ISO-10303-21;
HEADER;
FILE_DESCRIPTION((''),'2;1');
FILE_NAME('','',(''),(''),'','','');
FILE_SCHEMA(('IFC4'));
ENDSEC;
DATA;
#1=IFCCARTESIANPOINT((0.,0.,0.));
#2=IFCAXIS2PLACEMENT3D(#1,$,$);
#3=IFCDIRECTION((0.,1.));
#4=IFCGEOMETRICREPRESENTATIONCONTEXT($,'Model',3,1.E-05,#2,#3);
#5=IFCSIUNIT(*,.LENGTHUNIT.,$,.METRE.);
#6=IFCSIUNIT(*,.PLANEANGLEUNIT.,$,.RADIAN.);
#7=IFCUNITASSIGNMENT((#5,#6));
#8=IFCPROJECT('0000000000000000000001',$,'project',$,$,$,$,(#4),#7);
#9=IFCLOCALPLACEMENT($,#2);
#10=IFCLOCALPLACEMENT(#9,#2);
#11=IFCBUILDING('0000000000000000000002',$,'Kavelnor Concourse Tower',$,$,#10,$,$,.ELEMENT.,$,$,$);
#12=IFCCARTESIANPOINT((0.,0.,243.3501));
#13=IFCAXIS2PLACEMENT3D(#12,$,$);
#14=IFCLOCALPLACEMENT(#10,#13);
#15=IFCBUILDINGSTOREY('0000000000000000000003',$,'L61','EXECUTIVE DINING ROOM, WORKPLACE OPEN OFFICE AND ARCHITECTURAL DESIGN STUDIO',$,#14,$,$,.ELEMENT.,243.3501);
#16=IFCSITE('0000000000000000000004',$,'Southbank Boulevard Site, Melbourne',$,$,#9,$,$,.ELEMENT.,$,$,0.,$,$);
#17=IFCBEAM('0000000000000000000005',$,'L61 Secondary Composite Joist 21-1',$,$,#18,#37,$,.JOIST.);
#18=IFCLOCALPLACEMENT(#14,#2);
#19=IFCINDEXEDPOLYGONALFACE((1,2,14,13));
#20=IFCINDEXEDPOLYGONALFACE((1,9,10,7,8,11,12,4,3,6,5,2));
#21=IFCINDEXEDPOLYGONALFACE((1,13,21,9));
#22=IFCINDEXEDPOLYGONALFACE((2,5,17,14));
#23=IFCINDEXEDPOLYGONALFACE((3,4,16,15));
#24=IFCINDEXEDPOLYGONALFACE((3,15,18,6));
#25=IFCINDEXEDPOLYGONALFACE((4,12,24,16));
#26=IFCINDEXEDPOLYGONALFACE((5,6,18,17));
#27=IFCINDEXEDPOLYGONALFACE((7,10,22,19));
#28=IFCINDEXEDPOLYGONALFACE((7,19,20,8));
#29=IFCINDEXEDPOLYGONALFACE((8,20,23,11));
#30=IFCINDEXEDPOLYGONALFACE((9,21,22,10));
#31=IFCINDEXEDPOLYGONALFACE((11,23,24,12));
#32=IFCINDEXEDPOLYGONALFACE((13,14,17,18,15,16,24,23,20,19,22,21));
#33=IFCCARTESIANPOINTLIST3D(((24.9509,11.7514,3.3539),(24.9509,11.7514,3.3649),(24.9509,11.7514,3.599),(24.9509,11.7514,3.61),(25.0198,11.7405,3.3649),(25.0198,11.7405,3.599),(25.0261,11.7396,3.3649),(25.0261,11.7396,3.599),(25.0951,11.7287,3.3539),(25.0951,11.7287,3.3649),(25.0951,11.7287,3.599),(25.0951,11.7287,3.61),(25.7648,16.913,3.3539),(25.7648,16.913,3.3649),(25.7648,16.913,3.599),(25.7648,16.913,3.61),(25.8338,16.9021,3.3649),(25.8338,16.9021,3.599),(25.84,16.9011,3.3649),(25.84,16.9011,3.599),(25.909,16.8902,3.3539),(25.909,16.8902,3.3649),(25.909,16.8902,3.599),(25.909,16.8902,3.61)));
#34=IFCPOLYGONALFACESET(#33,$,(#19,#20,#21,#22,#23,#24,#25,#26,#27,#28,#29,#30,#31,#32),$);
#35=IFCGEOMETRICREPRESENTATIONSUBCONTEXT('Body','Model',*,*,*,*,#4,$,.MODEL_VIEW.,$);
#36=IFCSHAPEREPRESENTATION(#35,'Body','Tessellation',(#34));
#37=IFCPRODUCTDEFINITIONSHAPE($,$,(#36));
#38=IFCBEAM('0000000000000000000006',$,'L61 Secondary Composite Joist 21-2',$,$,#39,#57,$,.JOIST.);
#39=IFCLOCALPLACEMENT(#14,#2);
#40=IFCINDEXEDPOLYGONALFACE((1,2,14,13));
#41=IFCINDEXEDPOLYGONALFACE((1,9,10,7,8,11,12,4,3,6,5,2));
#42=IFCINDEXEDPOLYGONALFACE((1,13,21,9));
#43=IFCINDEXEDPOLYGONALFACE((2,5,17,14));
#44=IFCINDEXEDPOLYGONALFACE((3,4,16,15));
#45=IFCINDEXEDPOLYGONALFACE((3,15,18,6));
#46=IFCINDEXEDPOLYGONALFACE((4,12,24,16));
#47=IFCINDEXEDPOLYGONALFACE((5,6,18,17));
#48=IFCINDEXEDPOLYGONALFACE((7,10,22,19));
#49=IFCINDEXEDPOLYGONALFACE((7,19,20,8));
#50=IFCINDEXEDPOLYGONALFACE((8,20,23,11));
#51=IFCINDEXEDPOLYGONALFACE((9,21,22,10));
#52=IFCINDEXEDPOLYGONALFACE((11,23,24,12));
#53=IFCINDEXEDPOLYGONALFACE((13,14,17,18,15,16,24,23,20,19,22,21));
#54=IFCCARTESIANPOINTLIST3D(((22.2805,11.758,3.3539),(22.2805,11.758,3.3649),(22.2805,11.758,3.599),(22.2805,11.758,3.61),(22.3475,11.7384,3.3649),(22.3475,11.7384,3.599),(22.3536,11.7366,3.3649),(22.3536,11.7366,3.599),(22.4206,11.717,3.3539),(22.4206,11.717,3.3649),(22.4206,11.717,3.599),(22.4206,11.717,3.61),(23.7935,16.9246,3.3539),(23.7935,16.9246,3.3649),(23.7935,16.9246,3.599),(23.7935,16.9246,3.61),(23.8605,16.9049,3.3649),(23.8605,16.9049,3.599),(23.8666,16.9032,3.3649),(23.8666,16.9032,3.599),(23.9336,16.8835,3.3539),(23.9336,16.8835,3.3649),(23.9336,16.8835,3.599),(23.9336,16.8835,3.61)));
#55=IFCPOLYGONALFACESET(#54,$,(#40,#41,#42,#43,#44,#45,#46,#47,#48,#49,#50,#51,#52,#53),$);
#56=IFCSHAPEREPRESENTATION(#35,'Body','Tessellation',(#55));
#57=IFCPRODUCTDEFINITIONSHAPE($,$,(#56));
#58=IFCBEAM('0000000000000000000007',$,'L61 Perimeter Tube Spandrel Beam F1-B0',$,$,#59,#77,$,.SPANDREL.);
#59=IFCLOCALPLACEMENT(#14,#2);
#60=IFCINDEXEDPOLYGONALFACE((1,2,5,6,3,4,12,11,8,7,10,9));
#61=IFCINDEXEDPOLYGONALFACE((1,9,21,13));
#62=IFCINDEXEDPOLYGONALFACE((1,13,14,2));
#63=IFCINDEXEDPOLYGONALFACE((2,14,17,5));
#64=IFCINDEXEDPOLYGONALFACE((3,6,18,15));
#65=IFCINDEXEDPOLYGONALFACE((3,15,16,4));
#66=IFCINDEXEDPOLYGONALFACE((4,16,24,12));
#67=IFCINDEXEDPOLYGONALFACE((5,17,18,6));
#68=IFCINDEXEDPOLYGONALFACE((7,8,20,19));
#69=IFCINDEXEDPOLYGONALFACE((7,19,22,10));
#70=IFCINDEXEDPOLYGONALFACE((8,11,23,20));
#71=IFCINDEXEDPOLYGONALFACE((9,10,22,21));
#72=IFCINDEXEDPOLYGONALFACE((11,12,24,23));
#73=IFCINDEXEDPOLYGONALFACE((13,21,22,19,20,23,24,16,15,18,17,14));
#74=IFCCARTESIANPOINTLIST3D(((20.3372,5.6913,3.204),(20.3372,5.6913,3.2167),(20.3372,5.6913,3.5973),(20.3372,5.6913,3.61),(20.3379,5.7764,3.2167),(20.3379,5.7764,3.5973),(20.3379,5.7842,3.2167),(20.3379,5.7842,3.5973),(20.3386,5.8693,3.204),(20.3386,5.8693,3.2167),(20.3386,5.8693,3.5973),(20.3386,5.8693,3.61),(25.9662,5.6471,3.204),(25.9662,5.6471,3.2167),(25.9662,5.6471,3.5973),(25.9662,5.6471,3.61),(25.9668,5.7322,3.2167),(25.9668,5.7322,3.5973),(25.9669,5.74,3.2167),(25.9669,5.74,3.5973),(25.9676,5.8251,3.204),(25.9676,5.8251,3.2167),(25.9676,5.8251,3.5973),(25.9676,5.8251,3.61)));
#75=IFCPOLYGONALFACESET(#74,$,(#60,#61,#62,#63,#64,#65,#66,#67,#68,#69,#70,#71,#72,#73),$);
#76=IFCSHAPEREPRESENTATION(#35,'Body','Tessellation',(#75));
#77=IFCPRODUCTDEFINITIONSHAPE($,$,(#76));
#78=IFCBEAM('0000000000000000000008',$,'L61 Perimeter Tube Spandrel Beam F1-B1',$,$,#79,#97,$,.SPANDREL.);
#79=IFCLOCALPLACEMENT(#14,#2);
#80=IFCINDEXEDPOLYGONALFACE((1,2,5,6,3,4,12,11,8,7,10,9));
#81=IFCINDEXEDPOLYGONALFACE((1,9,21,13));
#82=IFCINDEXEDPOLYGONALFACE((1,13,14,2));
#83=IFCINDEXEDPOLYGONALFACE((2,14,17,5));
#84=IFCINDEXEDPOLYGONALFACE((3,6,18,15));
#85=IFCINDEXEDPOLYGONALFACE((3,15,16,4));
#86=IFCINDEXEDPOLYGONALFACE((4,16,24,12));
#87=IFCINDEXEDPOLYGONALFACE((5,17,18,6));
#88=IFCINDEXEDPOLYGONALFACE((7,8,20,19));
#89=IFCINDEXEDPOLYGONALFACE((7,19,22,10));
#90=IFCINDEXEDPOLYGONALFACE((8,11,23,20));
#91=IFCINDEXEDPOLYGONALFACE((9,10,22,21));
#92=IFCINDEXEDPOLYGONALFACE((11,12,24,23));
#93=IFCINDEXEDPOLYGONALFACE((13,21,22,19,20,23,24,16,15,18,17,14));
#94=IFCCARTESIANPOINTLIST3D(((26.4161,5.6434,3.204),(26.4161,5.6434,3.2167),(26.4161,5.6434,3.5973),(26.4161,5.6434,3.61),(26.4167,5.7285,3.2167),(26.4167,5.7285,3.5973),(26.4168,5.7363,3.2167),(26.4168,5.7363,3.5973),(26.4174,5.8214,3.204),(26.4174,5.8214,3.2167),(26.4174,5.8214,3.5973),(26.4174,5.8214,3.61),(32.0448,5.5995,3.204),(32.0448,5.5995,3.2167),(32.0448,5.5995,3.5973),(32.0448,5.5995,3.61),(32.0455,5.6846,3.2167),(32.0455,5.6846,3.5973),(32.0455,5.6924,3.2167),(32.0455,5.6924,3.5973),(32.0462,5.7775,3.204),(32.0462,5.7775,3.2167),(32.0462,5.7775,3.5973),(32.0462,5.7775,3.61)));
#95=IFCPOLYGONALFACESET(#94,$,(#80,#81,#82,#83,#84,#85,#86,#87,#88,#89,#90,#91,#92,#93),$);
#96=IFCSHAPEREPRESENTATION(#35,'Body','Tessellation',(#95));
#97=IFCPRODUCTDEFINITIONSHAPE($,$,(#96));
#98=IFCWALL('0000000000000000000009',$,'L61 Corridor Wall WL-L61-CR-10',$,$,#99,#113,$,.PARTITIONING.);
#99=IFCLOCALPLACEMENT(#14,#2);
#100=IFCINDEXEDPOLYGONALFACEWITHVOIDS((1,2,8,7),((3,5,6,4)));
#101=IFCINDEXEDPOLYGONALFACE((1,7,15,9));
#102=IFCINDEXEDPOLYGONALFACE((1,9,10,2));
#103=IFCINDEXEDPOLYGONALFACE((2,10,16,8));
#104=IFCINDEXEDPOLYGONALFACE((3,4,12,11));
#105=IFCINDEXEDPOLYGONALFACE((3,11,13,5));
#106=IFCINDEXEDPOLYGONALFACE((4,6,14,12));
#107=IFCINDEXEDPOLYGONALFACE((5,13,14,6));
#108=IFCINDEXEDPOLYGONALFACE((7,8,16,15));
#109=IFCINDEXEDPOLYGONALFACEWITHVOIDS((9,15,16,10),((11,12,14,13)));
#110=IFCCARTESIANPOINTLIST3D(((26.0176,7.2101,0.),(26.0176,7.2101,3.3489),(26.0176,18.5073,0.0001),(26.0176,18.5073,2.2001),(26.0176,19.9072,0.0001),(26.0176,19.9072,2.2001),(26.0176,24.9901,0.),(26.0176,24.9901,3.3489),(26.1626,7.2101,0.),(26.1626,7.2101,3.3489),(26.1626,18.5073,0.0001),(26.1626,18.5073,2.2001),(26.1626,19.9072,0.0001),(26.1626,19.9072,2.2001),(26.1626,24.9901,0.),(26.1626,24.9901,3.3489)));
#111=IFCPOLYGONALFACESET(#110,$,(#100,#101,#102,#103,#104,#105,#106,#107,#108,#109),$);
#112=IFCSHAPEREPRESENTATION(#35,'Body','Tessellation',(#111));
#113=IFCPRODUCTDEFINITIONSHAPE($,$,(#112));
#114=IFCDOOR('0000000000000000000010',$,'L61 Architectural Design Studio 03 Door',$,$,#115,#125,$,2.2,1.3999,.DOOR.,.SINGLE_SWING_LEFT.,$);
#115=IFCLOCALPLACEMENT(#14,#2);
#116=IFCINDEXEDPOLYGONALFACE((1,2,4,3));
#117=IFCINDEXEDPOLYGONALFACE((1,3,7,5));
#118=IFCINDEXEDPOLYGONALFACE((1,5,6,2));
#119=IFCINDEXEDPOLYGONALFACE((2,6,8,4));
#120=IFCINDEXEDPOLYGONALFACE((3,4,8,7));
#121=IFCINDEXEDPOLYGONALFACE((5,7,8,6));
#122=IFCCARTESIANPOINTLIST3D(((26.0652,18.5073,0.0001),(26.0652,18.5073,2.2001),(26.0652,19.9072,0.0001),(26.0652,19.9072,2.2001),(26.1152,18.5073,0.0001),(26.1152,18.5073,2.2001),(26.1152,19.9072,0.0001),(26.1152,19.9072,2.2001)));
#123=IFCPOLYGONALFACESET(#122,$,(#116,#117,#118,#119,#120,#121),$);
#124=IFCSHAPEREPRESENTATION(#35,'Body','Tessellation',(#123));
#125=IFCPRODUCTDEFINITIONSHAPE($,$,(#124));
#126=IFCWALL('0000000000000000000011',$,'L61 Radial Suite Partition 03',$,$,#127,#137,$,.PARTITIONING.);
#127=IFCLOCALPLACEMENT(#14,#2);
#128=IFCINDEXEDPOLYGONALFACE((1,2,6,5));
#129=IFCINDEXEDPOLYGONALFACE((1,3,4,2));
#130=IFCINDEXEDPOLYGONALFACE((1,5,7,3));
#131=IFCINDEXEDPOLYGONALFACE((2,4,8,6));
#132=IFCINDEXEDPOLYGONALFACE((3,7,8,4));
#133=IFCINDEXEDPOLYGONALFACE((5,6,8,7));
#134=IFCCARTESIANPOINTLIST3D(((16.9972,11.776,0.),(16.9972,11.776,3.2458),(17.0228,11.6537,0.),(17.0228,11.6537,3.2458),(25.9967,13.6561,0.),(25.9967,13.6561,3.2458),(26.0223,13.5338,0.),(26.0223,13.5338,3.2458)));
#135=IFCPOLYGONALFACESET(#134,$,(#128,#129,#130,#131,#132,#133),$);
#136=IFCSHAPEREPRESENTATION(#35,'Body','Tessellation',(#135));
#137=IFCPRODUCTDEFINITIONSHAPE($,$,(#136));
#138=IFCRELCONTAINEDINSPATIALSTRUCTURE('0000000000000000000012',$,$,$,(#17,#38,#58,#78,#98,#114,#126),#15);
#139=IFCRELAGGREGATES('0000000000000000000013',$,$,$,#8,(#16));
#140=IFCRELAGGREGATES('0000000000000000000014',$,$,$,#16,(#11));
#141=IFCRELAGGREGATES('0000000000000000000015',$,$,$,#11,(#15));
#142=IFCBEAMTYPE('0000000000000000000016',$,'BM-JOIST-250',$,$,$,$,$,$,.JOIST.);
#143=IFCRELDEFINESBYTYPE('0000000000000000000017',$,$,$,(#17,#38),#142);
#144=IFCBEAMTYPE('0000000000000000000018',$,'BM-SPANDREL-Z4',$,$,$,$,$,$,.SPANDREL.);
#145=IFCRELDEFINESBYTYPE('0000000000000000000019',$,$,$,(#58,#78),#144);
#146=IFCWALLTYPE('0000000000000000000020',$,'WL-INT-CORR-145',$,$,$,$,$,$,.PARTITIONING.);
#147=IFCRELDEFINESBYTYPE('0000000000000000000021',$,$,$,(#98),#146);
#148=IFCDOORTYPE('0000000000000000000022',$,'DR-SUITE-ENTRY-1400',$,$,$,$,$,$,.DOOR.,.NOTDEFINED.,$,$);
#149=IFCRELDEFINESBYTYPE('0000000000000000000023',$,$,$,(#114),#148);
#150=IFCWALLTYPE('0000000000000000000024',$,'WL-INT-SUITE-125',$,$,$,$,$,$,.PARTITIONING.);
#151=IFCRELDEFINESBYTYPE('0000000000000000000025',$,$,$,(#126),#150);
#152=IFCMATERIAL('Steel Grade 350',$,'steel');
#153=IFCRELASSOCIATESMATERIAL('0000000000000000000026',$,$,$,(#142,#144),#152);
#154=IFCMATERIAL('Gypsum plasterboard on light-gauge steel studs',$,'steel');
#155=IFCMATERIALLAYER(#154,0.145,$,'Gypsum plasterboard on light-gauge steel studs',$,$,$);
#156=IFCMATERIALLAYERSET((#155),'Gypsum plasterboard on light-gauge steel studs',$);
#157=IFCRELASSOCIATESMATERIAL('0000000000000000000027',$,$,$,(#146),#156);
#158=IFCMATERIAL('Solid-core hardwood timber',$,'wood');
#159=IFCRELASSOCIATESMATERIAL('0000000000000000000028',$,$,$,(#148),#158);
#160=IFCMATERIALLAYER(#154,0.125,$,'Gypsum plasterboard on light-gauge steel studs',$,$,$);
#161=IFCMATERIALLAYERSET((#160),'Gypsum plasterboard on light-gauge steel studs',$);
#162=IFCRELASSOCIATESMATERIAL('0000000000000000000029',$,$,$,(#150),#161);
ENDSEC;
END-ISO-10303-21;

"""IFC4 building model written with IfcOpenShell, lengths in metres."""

from ifc_helpers import new_model, si_unit, direction, frame, frame_2d, origin, origin_2d, place, context, subcontext, project, spatial, rectangle, i_section, extrude, material, layer, layer_set, material_profile, profile_set, type_object, element, fill, save


model = new_model("IFC4")

# Units and contexts
model_context = context("Model", 3, precision=1e-05, world=origin(), true_north=direction((0.0, 1.0)))
body_context = subcontext(model_context, "Body", "Model", "MODEL_VIEW")
ifc_project = project(units=[si_unit("LENGTHUNIT", "METRE"), si_unit("PLANEANGLEUNIT", "RADIAN")], contexts=[model_context])

# Site, building, storey
site_placement = place(None, origin())
site = spatial("IfcSite", under=ifc_project, at=site_placement, Name="Southbank Boulevard Site, Melbourne", CompositionType="ELEMENT", RefElevation=0.0)
building_placement = place(site_placement, origin())
building = spatial("IfcBuilding", under=site, at=building_placement, Name="Kavelnor Concourse Tower", CompositionType="ELEMENT")
storey_placement = place(building_placement, frame((0.0, 0.0, 243.3501)))
storey = spatial("IfcBuildingStorey", under=building, at=storey_placement, Name="L61", Description="EXECUTIVE DINING ROOM, WORKPLACE OPEN OFFICE AND ARCHITECTURAL DESIGN STUDIO", CompositionType="ELEMENT", Elevation=243.3501)

# Shared definitions
ifc_material_1 = material(Name="Steel Grade 350", Category="steel")

# Beams
ifc_material_profile_1 = material_profile(ifc_material_1, i_section(OverallWidth=0.146, OverallDepth=0.2561, WebThickness=0.0063, FlangeThickness=0.011, at=origin_2d()), Name="250UB37")
ifc_profile_set_1 = profile_set([ifc_material_profile_1], Name="Steel Grade 350")
beam_type_1 = type_object("IfcBeamType", Name="BM-JOIST-250", PredefinedType="JOIST", material=ifc_profile_set_1)
beam_1_placement = place(storey_placement, frame((25.8369, 16.9016, 3.4819), z_axis=(-0.155771, -0.987793, 0.0), x_axis=(0.987793, -0.155771, 0.0)))
element("IfcBeam", 1, at=beam_1_placement, inside=storey, type_object=beam_type_1, Name="L61 Secondary Composite Joist 21-1", PredefinedType="JOIST", context=body_context, shape_type="SweptSolid", body=[
    extrude(i_section(OverallWidth=0.146, OverallDepth=0.2561, WebThickness=0.0063, FlangeThickness=0.011, at=origin_2d()), origin(), (0.0, 0.0, 1.0), 5.2253),
])
beam_2_placement = place(storey_placement, frame((23.8635, 16.9041, 3.4819), z_axis=(-0.281034, -0.959698, 0.0), x_axis=(0.959698, -0.281034, 0.0)))
element("IfcBeam", 2, at=beam_2_placement, inside=storey, type_object=beam_type_1, Name="L61 Secondary Composite Joist 21-2", PredefinedType="JOIST", context=body_context, shape_type="SweptSolid", body=[
    extrude(i_section(OverallWidth=0.146, OverallDepth=0.2561, WebThickness=0.0063, FlangeThickness=0.011, at=origin_2d()), origin(), (0.0, 0.0, 1.0), 5.3835),
])
ifc_material_profile_2 = material_profile(ifc_material_1, i_section(OverallWidth=0.178, OverallDepth=0.406, WebThickness=0.0078, FlangeThickness=0.0127, at=origin_2d()), Name="410UB59")
ifc_profile_set_2 = profile_set([ifc_material_profile_2], Name="Steel Grade 350")
beam_type_2 = type_object("IfcBeamType", Name="BM-SPANDREL-Z4", PredefinedType="SPANDREL", material=ifc_profile_set_2)
beam_3_placement = place(storey_placement, frame((20.3379, 5.7803, 3.407), z_axis=(0.999969, -0.00785, 0.0), x_axis=(0.00785, 0.999969, 0.0)))
element("IfcBeam", 3, at=beam_3_placement, inside=storey, type_object=beam_type_2, Name="L61 Perimeter Tube Spandrel Beam F1-B0", PredefinedType="SPANDREL", context=body_context, shape_type="SweptSolid", body=[
    extrude(i_section(OverallWidth=0.178, OverallDepth=0.406, WebThickness=0.0078, FlangeThickness=0.0127, at=origin_2d()), origin(), (0.0, 0.0, 1.0), 5.6292),
])
beam_4_placement = place(storey_placement, frame((26.4167, 5.7324, 3.407), z_axis=(0.99997, -0.007807, 0.0), x_axis=(0.007807, 0.99997, 0.0)))
element("IfcBeam", 4, at=beam_4_placement, inside=storey, type_object=beam_type_2, Name="L61 Perimeter Tube Spandrel Beam F1-B1", PredefinedType="SPANDREL", context=body_context, shape_type="SweptSolid", body=[
    extrude(i_section(OverallWidth=0.178, OverallDepth=0.406, WebThickness=0.0078, FlangeThickness=0.0127, at=origin_2d()), origin(), (0.0, 0.0, 1.0), 5.6289),
])

# Wall, opening, door
ifc_material_2 = material(Name="Gypsum plasterboard on light-gauge steel studs", Category="steel")
ifc_layer_1 = layer(ifc_material_2, 0.145, Name="Gypsum plasterboard on light-gauge steel studs")
ifc_layer_set_1 = layer_set([ifc_layer_1], Name="Gypsum plasterboard on light-gauge steel studs")
wall_type_1 = type_object("IfcWallType", Name="WL-INT-CORR-145", PredefinedType="PARTITIONING", material=ifc_layer_set_1)
wall_1_placement = place(storey_placement, frame((26.0901, 7.21, 0.0), z_axis=(0.0, 0.0, 1.0), x_axis=(0.0, 1.0, 0.0)))
wall_1 = element("IfcWall", 5, at=wall_1_placement, inside=storey, type_object=wall_type_1, Name="L61 Corridor Wall WL-L61-CR-10", PredefinedType="PARTITIONING", context=body_context, shape_type="SweptSolid", body=[
    extrude(rectangle(XDim=17.78, YDim=0.145, at=frame_2d((8.8901, 0.0))), origin(), (0.0, 0.0, 1.0), 3.3489),
])
opening_placement = place(wall_1_placement, frame((11.2974, 0.0, 0.0)))
opening = element("IfcOpeningElement", 6, at=opening_placement, cuts=wall_1, PredefinedType="OPENING", context=body_context, shape_type="SweptSolid", body=[
    extrude(rectangle(XDim=1.3999, YDim=2.2, at=frame_2d((0.7, 1.1001))), frame((0.0, 0.0825, 0.0), z_axis=(0.0, -1.0, 0.0), x_axis=(1.0, 0.0, 0.0)), (0.0, 0.0, 1.0), 0.165),
])
ifc_material_3 = material(Name="Solid-core hardwood timber", Category="wood")
door_type = type_object("IfcDoorType", Name="DR-SUITE-ENTRY-1400", OperationType="NOTDEFINED", PredefinedType="DOOR", material=ifc_material_3)
door_placement = place(opening_placement, origin())
door = element("IfcDoor", 7, at=door_placement, inside=storey, type_object=door_type, Name="L61 Architectural Design Studio 03 Door", OperationType="SINGLE_SWING_LEFT", OverallHeight=2.2, OverallWidth=1.3999, PredefinedType="DOOR", context=body_context, shape_type="SweptSolid", body=[
    extrude(rectangle(XDim=1.3999, YDim=2.2, at=frame_2d((0.7, 1.1001))), frame((0.0, 0.0249, 0.0), z_axis=(0.0, -1.0, 0.0), x_axis=(1.0, 0.0, 0.0)), (0.0, 0.0, 1.0), 0.05),
])
fill(opening, door)

# Wall
ifc_layer_2 = layer(ifc_material_2, 0.125, Name="Gypsum plasterboard on light-gauge steel studs")
ifc_layer_set_2 = layer_set([ifc_layer_2], Name="Gypsum plasterboard on light-gauge steel studs")
wall_type_2 = type_object("IfcWallType", Name="WL-INT-SUITE-125", PredefinedType="PARTITIONING", material=ifc_layer_set_2)
wall_2_placement = place(storey_placement, frame((26.0095, 13.595, 0.0), z_axis=(0.0, 0.0, 1.0), x_axis=(-0.978867, -0.204499, 0.0)))
element("IfcWall", 8, at=wall_2_placement, inside=storey, type_object=wall_type_2, Name="L61 Radial Suite Partition 03", PredefinedType="PARTITIONING", context=body_context, shape_type="SweptSolid", body=[
    extrude(rectangle(XDim=9.1938, YDim=0.125, at=frame_2d((4.5969, 0.0))), origin(), (0.0, 0.0, 1.0), 3.2458),
])

save(model, "model.ifc")
